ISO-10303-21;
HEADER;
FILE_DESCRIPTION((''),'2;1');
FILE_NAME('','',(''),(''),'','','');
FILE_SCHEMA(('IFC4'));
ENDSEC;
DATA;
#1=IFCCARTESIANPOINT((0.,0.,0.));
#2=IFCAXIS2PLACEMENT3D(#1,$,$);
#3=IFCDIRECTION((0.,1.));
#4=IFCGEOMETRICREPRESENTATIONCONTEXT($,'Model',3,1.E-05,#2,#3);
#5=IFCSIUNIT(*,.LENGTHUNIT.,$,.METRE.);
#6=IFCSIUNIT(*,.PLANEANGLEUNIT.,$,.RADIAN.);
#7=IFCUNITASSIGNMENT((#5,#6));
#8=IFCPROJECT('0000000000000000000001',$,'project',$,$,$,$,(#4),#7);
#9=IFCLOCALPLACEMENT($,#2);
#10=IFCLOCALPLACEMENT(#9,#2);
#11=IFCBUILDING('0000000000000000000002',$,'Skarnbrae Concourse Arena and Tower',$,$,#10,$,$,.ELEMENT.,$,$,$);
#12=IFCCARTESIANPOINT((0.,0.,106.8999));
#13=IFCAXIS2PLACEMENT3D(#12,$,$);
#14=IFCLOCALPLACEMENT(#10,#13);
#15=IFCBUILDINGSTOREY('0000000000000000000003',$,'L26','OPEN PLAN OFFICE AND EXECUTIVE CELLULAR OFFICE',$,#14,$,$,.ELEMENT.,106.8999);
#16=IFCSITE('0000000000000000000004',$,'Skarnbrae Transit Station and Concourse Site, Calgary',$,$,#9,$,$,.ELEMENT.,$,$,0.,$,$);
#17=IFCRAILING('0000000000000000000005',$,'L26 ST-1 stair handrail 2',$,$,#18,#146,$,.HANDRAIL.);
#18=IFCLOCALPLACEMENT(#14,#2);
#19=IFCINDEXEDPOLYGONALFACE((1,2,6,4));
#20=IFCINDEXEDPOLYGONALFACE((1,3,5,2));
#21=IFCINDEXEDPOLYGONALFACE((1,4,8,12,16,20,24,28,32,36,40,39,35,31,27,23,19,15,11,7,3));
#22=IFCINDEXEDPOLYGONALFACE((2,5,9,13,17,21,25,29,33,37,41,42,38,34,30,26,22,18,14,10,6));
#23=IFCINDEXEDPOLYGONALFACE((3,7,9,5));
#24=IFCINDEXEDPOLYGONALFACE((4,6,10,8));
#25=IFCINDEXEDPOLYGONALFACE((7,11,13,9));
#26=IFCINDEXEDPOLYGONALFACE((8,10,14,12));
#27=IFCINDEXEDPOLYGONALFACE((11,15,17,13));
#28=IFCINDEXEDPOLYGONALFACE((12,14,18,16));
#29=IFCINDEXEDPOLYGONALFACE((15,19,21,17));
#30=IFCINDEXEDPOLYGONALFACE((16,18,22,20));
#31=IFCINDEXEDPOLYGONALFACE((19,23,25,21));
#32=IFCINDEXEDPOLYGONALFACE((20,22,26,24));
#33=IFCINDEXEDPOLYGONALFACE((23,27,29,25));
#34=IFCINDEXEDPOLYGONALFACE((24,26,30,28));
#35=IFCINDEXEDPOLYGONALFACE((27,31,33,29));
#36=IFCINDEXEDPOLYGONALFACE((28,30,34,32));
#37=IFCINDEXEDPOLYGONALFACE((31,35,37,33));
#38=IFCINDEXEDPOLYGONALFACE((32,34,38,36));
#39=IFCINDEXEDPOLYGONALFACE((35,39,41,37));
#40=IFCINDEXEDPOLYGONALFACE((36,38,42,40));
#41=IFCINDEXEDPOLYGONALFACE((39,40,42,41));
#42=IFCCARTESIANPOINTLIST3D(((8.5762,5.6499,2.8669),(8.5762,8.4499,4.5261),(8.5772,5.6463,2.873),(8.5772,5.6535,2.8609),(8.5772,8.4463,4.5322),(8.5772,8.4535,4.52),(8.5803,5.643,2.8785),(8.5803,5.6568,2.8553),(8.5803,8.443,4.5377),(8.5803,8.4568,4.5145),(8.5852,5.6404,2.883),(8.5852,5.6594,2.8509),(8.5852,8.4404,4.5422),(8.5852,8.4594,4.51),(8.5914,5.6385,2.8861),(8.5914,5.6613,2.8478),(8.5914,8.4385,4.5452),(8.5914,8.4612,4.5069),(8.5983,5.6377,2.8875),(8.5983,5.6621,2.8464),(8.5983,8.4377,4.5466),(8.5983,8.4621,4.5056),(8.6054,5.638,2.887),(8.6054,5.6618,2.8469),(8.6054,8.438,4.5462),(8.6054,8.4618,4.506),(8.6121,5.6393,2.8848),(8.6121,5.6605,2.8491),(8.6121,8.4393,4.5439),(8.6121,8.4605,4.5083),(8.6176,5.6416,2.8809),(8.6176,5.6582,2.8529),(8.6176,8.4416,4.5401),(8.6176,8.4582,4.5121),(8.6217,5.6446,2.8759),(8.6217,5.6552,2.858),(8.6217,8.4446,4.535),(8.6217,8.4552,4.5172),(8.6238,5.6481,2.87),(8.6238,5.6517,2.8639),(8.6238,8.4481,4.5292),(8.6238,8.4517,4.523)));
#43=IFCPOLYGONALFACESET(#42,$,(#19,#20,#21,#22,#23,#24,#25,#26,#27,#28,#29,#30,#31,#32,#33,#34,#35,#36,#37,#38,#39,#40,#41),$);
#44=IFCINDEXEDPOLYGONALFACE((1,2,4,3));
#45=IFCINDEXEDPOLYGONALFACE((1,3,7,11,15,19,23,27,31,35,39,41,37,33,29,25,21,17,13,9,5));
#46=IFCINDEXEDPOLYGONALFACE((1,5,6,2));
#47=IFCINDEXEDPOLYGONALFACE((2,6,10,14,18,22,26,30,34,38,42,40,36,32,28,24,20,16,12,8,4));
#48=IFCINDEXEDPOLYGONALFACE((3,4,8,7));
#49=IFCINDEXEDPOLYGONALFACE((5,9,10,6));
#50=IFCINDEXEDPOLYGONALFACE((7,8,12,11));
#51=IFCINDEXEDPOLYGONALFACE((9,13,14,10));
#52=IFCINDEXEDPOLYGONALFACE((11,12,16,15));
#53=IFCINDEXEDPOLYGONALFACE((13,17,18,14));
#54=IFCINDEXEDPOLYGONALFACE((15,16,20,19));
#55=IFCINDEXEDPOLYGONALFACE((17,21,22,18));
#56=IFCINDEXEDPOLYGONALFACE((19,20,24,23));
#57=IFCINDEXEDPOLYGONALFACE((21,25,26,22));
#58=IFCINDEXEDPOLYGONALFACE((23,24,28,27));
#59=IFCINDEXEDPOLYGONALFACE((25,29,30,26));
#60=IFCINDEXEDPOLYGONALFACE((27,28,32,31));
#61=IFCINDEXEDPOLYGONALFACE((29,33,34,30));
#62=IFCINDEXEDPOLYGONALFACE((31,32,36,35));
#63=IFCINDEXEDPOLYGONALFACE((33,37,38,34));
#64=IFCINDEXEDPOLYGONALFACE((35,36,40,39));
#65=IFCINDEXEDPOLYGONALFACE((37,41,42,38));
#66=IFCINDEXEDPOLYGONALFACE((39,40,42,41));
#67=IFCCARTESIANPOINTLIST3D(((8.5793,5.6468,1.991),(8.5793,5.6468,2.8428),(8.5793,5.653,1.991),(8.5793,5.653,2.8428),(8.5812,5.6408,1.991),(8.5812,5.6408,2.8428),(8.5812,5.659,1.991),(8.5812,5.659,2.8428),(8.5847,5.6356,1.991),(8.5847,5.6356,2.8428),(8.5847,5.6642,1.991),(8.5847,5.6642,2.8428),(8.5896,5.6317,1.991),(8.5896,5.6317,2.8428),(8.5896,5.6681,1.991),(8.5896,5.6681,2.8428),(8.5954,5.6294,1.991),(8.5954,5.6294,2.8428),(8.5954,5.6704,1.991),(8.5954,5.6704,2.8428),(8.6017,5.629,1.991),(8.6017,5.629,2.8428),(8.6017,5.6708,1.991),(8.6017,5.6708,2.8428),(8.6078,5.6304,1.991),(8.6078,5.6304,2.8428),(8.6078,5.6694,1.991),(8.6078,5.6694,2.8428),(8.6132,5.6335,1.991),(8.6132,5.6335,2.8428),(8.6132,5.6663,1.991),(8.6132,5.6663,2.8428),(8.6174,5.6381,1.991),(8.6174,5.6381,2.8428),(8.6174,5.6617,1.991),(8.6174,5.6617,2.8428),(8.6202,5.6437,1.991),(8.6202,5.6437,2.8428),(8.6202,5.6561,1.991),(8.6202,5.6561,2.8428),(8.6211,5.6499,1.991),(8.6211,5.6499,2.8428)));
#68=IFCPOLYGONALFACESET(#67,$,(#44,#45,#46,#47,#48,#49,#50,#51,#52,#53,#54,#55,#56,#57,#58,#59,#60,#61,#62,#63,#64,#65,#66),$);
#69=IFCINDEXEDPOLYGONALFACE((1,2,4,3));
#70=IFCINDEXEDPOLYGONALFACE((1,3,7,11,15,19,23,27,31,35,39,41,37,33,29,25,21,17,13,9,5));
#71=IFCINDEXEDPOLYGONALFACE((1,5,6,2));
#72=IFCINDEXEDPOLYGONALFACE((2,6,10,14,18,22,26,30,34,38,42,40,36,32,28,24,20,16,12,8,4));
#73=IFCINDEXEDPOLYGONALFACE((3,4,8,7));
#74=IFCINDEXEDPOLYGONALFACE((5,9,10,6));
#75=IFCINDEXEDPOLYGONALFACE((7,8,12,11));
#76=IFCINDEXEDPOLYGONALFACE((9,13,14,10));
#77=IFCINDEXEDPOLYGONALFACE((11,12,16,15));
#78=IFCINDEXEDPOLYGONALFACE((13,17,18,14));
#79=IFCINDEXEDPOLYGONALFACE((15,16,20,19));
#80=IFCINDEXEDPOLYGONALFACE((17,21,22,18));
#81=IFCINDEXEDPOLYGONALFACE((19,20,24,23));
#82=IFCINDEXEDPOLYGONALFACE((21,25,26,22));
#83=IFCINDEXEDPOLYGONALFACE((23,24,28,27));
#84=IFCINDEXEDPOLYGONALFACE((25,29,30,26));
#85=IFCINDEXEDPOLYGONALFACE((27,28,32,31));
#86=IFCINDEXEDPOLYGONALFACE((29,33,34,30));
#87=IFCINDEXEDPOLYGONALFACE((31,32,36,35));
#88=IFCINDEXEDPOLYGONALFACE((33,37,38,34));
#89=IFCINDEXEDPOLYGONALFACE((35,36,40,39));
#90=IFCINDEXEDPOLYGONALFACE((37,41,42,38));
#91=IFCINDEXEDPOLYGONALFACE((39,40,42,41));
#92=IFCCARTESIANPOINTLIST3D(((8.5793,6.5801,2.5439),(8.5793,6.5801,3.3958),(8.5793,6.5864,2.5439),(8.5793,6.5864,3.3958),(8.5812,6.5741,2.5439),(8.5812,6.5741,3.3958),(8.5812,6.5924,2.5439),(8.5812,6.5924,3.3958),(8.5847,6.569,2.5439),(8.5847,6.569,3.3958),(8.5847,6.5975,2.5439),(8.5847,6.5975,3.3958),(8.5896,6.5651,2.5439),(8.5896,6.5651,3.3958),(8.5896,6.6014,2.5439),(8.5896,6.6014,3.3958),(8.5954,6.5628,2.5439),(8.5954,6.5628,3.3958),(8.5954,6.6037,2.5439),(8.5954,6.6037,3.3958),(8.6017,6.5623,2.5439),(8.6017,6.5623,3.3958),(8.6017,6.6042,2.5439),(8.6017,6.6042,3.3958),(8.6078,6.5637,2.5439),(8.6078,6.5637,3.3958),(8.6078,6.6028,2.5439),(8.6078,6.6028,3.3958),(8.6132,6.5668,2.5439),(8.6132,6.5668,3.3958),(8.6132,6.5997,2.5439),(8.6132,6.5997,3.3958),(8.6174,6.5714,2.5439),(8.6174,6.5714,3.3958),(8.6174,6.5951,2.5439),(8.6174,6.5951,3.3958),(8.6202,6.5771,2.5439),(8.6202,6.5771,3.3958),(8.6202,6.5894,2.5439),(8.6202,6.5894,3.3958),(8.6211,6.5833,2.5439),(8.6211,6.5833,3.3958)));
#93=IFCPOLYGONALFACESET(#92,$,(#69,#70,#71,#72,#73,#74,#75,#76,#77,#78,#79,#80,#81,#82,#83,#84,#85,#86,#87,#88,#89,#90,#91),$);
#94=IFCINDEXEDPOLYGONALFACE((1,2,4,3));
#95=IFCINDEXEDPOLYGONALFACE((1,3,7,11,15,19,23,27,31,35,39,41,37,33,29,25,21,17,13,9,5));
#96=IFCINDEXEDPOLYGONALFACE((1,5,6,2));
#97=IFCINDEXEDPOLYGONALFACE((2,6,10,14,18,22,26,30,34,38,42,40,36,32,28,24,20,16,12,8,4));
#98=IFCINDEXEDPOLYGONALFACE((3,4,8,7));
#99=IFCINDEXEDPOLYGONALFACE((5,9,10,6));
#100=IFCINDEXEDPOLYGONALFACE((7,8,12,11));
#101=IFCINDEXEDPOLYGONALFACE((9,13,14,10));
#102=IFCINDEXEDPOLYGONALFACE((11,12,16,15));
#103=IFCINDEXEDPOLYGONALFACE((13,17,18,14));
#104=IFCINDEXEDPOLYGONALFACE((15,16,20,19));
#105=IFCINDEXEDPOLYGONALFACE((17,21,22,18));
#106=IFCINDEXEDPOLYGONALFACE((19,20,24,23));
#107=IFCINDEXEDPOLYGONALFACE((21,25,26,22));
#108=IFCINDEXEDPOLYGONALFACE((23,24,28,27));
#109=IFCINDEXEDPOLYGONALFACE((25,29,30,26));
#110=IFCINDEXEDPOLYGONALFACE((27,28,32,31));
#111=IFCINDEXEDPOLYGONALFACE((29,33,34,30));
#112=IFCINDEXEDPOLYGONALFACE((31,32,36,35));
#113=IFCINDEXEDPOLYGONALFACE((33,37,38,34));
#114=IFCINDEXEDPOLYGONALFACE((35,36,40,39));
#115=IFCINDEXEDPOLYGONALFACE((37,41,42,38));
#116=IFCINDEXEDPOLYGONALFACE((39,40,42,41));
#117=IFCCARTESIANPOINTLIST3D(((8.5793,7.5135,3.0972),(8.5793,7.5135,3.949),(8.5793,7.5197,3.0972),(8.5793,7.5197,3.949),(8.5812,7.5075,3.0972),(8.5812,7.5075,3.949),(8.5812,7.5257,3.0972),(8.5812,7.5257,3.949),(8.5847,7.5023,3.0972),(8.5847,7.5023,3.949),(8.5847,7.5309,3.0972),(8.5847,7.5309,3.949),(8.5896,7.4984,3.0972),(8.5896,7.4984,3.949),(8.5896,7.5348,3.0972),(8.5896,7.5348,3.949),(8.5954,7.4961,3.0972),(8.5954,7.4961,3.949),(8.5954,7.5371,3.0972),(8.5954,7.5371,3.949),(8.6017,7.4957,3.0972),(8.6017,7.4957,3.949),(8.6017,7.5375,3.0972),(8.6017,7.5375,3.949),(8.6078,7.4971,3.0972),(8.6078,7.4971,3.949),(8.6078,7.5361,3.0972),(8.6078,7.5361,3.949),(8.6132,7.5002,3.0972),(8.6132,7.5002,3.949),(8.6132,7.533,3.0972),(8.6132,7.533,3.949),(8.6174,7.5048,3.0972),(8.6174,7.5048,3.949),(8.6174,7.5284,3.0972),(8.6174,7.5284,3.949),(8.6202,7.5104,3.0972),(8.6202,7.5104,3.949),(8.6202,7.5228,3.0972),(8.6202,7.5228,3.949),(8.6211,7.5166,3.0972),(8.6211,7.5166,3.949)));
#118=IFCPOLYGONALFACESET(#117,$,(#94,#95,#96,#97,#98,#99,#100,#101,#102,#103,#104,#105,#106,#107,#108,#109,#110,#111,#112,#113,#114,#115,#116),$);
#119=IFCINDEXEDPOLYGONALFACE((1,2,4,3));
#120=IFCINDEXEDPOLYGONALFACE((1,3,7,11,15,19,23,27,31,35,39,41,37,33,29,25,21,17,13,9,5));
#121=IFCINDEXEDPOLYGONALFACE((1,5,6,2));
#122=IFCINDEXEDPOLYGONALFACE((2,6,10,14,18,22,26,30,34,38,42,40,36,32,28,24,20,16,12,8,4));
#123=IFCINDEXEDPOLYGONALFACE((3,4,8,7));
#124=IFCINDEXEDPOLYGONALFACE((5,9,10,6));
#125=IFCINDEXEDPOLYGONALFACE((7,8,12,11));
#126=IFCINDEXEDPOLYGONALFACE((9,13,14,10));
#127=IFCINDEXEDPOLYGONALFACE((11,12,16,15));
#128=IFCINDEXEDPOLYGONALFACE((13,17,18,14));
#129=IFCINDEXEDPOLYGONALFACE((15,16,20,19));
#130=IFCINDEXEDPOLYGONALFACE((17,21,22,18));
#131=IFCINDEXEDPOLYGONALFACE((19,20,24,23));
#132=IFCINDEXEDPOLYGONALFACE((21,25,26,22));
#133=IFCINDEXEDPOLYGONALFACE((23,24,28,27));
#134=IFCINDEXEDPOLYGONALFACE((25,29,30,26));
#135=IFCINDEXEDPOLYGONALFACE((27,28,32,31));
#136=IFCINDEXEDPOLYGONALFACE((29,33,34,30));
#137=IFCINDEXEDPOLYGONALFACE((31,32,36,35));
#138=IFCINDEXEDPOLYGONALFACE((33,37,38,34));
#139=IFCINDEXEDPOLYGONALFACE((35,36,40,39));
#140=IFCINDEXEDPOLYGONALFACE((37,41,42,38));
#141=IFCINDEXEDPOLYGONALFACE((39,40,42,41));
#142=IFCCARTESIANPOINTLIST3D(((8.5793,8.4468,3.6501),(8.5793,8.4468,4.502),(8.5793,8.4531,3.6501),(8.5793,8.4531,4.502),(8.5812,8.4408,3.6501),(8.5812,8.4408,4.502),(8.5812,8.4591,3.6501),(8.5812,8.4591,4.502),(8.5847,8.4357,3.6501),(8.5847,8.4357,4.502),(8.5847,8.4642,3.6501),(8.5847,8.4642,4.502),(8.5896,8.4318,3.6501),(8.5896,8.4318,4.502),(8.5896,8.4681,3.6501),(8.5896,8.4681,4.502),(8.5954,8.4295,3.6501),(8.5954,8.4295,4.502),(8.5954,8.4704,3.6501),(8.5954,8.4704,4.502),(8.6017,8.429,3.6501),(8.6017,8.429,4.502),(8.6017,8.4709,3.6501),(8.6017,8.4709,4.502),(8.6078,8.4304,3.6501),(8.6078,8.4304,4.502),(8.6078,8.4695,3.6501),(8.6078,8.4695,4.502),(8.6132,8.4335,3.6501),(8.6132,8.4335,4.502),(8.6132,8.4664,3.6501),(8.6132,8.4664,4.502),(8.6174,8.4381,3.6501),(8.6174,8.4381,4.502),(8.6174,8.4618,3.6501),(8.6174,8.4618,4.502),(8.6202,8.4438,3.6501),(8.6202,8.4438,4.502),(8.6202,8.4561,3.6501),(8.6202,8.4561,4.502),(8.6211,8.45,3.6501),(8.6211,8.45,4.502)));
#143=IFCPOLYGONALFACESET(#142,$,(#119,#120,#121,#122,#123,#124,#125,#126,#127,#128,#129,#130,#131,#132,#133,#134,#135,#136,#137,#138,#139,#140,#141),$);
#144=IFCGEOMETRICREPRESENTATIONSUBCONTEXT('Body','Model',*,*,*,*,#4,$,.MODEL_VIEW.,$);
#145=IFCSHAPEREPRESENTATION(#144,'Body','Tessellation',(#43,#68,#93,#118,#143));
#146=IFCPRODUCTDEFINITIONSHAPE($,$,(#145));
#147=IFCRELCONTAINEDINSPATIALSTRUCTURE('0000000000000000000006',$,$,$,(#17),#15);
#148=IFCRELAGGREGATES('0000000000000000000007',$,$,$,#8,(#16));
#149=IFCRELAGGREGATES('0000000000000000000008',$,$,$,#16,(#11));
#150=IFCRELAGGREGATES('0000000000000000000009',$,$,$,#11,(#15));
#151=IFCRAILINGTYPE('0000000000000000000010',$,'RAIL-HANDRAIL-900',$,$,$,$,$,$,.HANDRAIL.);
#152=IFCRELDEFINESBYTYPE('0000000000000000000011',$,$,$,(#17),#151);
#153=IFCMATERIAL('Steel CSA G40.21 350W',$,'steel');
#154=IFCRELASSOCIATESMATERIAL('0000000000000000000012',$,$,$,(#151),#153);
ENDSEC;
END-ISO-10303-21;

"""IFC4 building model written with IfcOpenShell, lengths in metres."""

from ifc_helpers import new_model, si_unit, direction, frame, origin, origin_2d, place, context, subcontext, project, spatial, circle, extrude, material, type_object, element, save


model = new_model("IFC4")

# Units and contexts
model_context = context("Model", 3, precision=1e-05, world=origin(), true_north=direction((0.0, 1.0)))
body_context = subcontext(model_context, "Body", "Model", "MODEL_VIEW")
ifc_project = project(units=[si_unit("LENGTHUNIT", "METRE"), si_unit("PLANEANGLEUNIT", "RADIAN")], contexts=[model_context])

# Site, building, storey
site_placement = place(None, origin())
site = spatial("IfcSite", under=ifc_project, at=site_placement, Name="Skarnbrae Transit Station and Concourse Site, Calgary", CompositionType="ELEMENT", RefElevation=0.0)
building_placement = place(site_placement, origin())
building = spatial("IfcBuilding", under=site, at=building_placement, Name="Skarnbrae Concourse Arena and Tower", CompositionType="ELEMENT")
storey_placement = place(building_placement, frame((0.0, 0.0, 106.8999)))
storey = spatial("IfcBuildingStorey", under=building, at=storey_placement, Name="L26", Description="OPEN PLAN OFFICE AND EXECUTIVE CELLULAR OFFICE", CompositionType="ELEMENT", Elevation=106.8999)

# Shared definitions
ifc_material_1 = material(Name="Steel CSA G40.21 350W", Category="steel")

# Railing
railing_type = type_object("IfcRailingType", Name="RAIL-HANDRAIL-900", PredefinedType="HANDRAIL", material=ifc_material_1)
railing_placement = place(storey_placement, frame((8.6001, 5.6499, 1.991)))
element("IfcRailing", 1, at=railing_placement, inside=storey, type_object=railing_type, Name="L26 ST-1 stair handrail 2", PredefinedType="HANDRAIL", context=body_context, shape_type="SweptSolid", body=[
    extrude(circle(Radius=0.0239, at=origin_2d()), frame((0.0, 0.0, 0.876), z_axis=(0.0, 0.860306, 0.509778), x_axis=(-1.0, 0.0, 0.0)), (0.0, 0.0, 1.0), 3.2546),
    extrude(circle(Radius=0.021, at=origin_2d()), origin(), (0.0, 0.0, 1.0), 0.8518),
    extrude(circle(Radius=0.021, at=origin_2d()), frame((0.0, 0.9333, 0.553)), (0.0, 0.0, 1.0), 0.8518),
    extrude(circle(Radius=0.021, at=origin_2d()), frame((0.0, 1.8667, 1.1062)), (0.0, 0.0, 1.0), 0.8518),
    extrude(circle(Radius=0.021, at=origin_2d()), frame((0.0, 2.8, 1.6592)), (0.0, 0.0, 1.0), 0.8518),
])

save(model, "model.ifc")
